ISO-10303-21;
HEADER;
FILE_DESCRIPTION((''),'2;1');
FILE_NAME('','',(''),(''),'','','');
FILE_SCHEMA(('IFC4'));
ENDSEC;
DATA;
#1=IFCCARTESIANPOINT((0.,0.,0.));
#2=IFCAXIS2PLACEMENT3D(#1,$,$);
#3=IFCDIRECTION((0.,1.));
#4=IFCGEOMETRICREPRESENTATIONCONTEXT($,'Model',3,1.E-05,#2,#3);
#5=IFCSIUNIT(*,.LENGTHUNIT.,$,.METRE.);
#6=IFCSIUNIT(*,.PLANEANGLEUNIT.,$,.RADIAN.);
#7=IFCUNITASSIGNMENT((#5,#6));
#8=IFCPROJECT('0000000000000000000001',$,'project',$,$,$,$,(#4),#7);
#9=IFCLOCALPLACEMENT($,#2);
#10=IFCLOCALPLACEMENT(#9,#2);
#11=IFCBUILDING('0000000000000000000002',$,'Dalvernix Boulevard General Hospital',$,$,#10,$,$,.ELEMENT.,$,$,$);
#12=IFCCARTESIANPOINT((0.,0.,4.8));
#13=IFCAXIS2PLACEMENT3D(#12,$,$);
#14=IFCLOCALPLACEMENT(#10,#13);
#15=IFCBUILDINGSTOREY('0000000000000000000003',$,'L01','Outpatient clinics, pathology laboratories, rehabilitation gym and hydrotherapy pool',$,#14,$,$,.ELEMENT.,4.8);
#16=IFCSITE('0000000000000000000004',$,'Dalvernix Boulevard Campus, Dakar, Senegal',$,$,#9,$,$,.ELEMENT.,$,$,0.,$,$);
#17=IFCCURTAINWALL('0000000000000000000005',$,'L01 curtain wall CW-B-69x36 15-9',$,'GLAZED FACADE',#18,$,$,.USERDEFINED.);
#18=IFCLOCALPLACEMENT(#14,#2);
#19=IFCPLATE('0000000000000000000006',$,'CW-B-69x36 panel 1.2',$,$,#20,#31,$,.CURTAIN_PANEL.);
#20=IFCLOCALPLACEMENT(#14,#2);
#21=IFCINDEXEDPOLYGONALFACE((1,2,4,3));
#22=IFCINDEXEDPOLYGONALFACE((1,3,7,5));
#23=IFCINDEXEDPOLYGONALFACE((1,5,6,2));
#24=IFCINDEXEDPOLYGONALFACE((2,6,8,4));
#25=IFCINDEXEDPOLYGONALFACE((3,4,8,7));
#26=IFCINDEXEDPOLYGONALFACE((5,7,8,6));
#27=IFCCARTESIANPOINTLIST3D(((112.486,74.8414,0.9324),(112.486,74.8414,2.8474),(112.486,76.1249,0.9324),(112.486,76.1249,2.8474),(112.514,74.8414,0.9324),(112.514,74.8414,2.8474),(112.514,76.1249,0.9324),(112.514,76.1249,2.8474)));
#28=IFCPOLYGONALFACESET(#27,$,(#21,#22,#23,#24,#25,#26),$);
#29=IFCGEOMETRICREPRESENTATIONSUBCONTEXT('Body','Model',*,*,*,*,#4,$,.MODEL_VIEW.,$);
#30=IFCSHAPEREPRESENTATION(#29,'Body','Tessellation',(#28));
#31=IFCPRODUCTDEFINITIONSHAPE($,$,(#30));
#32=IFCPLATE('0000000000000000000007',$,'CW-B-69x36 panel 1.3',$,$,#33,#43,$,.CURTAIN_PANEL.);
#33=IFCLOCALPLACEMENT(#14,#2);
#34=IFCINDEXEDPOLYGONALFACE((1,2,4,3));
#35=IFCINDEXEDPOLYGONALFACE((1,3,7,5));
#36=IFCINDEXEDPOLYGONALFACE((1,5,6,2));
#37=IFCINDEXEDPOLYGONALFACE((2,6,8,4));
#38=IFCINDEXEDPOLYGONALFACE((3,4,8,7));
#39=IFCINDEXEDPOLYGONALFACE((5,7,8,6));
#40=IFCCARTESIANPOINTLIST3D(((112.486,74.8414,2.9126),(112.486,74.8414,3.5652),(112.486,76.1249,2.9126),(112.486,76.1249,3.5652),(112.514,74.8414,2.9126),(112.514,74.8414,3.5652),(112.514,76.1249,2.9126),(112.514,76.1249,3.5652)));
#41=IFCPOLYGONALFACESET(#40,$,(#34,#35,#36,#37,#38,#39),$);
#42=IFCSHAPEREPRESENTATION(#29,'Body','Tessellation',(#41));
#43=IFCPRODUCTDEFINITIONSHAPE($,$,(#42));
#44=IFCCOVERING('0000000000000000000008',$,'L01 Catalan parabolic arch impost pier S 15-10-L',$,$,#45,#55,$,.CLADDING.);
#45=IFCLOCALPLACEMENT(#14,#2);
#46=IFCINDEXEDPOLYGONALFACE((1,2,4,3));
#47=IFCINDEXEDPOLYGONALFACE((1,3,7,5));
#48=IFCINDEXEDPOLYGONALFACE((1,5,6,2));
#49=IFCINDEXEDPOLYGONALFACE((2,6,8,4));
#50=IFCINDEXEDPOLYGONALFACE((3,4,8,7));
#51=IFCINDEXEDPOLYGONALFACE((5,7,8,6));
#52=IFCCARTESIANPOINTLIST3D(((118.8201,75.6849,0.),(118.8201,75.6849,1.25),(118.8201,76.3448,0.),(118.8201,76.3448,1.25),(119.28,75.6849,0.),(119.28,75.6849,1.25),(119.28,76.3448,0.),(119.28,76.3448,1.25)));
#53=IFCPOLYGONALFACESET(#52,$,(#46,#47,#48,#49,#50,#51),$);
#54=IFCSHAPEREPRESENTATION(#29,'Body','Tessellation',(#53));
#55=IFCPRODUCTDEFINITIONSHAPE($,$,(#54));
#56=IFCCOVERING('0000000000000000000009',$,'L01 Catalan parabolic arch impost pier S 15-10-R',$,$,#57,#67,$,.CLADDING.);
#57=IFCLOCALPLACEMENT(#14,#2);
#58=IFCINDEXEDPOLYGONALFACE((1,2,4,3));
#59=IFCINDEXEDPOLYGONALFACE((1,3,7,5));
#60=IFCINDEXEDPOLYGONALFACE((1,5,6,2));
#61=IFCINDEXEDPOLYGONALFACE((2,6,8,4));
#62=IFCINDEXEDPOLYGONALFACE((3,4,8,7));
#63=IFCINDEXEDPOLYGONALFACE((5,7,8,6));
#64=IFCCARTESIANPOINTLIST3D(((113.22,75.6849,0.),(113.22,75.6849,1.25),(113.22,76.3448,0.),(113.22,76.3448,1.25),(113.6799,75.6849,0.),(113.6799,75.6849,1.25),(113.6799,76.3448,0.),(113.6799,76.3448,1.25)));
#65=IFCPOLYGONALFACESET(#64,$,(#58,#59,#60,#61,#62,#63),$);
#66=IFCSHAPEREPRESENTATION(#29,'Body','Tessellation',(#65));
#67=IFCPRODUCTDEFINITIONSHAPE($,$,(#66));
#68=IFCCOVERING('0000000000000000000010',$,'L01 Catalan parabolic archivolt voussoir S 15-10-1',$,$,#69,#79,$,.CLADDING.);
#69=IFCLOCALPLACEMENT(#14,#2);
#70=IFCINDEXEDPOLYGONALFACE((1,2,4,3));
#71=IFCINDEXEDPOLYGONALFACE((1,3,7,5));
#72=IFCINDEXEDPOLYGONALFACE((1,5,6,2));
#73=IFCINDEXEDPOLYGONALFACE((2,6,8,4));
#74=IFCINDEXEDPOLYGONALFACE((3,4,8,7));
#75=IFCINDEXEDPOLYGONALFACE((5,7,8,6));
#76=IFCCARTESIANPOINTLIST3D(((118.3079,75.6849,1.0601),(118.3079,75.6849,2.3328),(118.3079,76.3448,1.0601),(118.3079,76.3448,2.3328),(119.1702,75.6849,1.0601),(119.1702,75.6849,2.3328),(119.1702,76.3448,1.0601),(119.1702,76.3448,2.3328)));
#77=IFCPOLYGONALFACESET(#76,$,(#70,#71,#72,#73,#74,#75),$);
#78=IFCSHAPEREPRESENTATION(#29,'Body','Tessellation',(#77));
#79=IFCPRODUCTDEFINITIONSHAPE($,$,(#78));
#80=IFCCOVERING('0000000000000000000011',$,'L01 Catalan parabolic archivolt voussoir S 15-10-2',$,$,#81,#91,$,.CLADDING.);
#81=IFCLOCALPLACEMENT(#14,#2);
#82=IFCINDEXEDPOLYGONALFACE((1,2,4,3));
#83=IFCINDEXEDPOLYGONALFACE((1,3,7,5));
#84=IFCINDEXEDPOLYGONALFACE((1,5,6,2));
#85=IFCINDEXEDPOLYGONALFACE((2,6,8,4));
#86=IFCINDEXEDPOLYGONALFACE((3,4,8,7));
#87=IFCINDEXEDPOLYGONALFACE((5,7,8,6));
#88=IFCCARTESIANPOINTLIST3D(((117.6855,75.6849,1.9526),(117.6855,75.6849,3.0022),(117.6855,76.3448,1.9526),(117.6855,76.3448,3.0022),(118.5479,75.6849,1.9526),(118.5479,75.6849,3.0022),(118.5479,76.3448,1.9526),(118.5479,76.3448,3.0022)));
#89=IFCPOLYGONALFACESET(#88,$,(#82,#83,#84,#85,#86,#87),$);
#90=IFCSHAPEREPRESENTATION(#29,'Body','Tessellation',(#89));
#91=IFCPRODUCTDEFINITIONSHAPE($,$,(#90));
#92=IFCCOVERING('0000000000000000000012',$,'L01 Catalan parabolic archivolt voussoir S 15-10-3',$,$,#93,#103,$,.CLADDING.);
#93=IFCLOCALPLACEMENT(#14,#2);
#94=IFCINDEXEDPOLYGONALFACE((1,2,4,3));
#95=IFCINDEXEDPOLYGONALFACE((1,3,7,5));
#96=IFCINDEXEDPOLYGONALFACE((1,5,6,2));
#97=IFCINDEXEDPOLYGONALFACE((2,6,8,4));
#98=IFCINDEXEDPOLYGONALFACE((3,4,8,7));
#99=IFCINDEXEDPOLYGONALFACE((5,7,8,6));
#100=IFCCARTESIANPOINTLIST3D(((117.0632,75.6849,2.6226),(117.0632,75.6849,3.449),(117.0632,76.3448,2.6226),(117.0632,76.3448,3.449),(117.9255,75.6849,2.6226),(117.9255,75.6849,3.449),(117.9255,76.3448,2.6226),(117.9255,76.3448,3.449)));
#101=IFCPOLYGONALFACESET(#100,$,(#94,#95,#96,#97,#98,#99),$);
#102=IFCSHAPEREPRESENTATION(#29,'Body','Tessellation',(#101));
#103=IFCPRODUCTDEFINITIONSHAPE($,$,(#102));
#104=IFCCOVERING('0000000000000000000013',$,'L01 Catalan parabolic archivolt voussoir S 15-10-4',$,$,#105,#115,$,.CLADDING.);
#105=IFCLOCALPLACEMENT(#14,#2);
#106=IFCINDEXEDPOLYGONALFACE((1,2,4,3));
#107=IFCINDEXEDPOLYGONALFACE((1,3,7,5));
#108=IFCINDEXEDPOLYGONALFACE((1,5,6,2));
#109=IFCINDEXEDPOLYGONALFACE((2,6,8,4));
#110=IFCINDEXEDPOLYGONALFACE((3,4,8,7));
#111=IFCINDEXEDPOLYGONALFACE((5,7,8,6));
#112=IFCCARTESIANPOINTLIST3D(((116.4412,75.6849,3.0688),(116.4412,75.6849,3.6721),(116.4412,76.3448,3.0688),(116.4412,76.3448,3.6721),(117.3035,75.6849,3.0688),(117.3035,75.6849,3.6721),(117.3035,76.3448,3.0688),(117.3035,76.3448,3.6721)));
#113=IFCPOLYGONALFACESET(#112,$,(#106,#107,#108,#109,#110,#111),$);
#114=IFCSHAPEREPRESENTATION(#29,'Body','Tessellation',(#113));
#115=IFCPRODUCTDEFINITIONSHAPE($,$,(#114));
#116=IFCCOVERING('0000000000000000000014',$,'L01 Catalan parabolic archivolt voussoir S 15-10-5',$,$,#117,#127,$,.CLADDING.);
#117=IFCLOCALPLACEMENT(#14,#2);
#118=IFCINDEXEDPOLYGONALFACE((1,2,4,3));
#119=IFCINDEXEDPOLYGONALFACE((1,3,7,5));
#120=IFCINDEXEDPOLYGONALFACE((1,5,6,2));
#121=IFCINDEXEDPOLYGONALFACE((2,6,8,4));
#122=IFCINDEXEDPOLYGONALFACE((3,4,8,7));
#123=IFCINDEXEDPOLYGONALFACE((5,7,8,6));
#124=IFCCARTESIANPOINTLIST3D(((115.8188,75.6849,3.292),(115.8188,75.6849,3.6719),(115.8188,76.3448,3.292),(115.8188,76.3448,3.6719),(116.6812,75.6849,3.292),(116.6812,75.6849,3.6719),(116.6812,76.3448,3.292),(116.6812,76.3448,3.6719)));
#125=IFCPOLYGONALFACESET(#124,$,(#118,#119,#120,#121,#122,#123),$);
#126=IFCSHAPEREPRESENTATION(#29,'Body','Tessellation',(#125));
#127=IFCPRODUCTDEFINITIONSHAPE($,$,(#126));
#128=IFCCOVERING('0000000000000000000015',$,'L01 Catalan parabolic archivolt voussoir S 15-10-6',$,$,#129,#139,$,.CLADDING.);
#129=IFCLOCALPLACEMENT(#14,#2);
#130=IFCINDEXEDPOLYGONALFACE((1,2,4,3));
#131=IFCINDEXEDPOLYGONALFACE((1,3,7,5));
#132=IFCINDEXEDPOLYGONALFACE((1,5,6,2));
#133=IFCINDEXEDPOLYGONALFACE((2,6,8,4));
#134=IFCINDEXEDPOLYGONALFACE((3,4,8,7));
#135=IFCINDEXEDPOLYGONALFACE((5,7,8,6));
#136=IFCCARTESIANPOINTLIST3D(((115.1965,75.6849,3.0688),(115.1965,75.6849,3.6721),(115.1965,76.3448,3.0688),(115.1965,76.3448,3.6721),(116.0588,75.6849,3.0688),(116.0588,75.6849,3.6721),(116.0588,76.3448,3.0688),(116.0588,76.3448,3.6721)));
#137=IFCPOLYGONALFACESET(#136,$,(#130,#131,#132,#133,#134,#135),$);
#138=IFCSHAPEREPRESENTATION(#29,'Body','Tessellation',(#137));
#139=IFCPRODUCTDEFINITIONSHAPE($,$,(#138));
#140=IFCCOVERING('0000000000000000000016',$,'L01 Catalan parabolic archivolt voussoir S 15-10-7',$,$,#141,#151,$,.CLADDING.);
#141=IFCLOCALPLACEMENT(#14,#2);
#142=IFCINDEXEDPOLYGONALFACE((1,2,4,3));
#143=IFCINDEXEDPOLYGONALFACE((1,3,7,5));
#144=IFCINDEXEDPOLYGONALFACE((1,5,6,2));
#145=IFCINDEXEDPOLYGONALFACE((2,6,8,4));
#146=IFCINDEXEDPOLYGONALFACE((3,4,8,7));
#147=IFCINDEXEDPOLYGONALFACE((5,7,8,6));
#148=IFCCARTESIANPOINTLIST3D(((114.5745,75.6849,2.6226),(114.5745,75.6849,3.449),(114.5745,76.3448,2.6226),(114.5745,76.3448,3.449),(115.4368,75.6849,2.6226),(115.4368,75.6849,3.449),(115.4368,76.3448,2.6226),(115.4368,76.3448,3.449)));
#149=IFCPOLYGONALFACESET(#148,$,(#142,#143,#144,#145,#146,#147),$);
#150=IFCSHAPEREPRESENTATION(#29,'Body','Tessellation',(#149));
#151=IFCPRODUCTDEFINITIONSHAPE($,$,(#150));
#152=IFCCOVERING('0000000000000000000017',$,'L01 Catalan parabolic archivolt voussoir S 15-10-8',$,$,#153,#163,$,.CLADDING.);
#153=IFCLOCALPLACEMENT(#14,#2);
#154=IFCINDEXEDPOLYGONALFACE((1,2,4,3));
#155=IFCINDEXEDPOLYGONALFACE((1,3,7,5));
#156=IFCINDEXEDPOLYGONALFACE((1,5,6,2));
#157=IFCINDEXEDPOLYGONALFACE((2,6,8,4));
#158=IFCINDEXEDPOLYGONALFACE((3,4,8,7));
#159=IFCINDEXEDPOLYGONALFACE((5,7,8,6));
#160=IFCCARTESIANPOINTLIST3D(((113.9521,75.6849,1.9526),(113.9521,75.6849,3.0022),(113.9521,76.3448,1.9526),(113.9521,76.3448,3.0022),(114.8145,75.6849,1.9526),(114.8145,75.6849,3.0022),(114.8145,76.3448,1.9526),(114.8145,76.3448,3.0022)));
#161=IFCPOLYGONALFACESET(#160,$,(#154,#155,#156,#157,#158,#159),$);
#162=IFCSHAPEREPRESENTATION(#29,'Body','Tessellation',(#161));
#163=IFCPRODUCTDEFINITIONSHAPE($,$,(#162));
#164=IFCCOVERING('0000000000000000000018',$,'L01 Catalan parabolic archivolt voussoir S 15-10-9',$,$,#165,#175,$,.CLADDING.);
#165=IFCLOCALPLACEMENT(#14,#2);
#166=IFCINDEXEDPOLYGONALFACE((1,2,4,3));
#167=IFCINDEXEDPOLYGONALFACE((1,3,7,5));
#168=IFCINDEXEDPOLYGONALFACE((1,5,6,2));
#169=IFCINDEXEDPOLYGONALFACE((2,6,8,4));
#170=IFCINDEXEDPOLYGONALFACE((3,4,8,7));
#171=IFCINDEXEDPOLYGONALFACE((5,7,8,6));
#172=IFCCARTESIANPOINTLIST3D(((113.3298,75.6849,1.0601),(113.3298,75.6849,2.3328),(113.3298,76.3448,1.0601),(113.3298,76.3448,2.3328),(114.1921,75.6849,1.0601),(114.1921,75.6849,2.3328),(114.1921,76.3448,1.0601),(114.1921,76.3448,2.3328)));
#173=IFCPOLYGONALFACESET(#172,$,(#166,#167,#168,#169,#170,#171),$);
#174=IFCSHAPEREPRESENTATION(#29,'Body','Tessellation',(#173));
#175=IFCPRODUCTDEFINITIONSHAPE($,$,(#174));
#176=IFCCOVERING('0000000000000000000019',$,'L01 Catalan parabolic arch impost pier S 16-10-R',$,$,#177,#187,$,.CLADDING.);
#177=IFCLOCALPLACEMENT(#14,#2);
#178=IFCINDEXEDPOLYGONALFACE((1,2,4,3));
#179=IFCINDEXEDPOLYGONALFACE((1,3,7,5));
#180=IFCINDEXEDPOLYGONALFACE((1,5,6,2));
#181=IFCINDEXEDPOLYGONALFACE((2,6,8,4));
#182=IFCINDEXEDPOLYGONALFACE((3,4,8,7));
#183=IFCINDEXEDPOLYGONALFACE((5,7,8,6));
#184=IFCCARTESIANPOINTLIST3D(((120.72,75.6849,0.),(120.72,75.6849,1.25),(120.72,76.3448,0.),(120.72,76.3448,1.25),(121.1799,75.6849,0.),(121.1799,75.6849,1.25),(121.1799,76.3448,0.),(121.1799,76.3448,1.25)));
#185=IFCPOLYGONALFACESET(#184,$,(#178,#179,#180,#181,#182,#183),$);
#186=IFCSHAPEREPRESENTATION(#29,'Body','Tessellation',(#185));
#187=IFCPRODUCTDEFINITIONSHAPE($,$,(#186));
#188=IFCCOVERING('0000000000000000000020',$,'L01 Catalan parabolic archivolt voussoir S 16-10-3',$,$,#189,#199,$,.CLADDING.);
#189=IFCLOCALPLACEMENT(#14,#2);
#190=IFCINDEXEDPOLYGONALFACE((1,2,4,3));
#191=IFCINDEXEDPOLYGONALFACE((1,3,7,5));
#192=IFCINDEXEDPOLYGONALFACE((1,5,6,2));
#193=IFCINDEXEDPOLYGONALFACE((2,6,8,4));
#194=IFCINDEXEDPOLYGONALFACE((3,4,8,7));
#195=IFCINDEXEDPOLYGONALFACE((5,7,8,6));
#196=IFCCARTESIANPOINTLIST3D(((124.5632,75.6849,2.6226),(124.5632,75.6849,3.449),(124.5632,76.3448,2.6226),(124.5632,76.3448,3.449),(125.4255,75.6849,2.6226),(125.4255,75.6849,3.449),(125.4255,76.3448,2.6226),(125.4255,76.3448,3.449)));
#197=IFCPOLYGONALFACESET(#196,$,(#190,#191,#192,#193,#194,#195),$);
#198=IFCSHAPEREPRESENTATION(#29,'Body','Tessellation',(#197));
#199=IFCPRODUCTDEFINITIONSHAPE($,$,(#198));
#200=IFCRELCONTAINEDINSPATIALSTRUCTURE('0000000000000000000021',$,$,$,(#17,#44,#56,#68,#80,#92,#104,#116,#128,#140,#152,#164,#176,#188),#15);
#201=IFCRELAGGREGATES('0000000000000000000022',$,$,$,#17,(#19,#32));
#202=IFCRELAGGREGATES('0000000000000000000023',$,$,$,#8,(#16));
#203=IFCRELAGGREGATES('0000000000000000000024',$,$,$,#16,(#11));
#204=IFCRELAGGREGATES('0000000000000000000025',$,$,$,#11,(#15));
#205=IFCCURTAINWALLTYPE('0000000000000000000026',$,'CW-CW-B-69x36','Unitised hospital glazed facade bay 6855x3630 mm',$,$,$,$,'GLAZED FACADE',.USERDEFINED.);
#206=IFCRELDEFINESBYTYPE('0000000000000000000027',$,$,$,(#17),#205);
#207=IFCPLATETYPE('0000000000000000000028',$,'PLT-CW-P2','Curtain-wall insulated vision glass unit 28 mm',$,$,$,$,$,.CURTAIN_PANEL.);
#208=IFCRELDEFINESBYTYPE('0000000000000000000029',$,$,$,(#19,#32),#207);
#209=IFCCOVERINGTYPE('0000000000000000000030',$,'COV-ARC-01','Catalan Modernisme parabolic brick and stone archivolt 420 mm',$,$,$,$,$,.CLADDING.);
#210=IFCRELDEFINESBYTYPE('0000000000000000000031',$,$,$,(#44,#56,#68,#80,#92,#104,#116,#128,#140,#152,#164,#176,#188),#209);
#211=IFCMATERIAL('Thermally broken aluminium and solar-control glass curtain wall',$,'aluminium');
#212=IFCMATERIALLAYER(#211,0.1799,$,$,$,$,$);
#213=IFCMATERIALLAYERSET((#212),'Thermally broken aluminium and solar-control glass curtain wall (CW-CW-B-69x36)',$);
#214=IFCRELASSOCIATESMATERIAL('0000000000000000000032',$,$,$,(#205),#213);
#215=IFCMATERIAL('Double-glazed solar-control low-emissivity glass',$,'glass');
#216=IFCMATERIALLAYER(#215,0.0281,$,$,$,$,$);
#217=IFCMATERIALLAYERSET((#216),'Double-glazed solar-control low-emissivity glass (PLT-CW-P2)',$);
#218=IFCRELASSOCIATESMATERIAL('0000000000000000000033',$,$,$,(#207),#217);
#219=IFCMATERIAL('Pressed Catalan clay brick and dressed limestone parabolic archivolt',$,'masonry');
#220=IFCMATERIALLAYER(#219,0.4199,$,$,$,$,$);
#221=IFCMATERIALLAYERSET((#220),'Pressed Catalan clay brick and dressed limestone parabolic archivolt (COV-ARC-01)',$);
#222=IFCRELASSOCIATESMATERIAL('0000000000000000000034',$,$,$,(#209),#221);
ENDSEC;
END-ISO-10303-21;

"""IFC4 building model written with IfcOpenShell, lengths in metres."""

from ifc_helpers import new_model, si_unit, direction, frame, origin, origin_2d, place, context, subcontext, project, spatial, rectangle, extrude, material, layer, layer_set, type_object, element, aggregate, save


model = new_model("IFC4")

# Units and contexts
model_context = context("Model", 3, precision=1e-05, world=origin(), true_north=direction((0.0, 1.0)))
body_context = subcontext(model_context, "Body", "Model", "MODEL_VIEW")
ifc_project = project(units=[si_unit("LENGTHUNIT", "METRE"), si_unit("PLANEANGLEUNIT", "RADIAN")], contexts=[model_context])

# Site, building, storey
site_placement = place(None, origin())
site = spatial("IfcSite", under=ifc_project, at=site_placement, Name="Dalvernix Boulevard Campus, Dakar, Senegal", CompositionType="ELEMENT", RefElevation=0.0)
building_placement = place(site_placement, origin())
building = spatial("IfcBuilding", under=site, at=building_placement, Name="Dalvernix Boulevard General Hospital", CompositionType="ELEMENT")
storey_placement = place(building_placement, frame((0.0, 0.0, 4.8)))
storey = spatial("IfcBuildingStorey", under=building, at=storey_placement, Name="L01", Description="Outpatient clinics, pathology laboratories, rehabilitation gym and hydrotherapy pool", CompositionType="ELEMENT", Elevation=4.8)

# Curtain wall, plates
ifc_material_1 = material(Name="Thermally broken aluminium and solar-control glass curtain wall", Category="aluminium")
ifc_layer_1 = layer(ifc_material_1, 0.1799)
ifc_layer_set_1 = layer_set([ifc_layer_1], Name="Thermally broken aluminium and solar-control glass curtain wall (CW-CW-B-69x36)")
curtain_wall_type = type_object("IfcCurtainWallType", Name="CW-CW-B-69x36", Description="Unitised hospital glazed facade bay 6855x3630 mm", ElementType="GLAZED FACADE", PredefinedType="USERDEFINED", material=ifc_layer_set_1)
curtain_wall_placement = place(storey_placement, origin())
curtain_wall = element("IfcCurtainWall", 1, at=curtain_wall_placement, inside=storey, type_object=curtain_wall_type, Name="L01 curtain wall CW-B-69x36 15-9", ObjectType="GLAZED FACADE", PredefinedType="USERDEFINED")
ifc_material_2 = material(Name="Double-glazed solar-control low-emissivity glass", Category="glass")
ifc_layer_2 = layer(ifc_material_2, 0.0281)
ifc_layer_set_2 = layer_set([ifc_layer_2], Name="Double-glazed solar-control low-emissivity glass (PLT-CW-P2)")
plate_type = type_object("IfcPlateType", Name="PLT-CW-P2", Description="Curtain-wall insulated vision glass unit 28 mm", PredefinedType="CURTAIN_PANEL", material=ifc_layer_set_2)
plate_1_placement = place(storey_placement, frame((112.5, 75.4832, 0.9324), z_axis=(0.0, 0.0, 1.0), x_axis=(0.0, -1.0, 0.0)))
plate_1 = element("IfcPlate", 2, at=plate_1_placement, type_object=plate_type, Name="CW-B-69x36 panel 1.2", PredefinedType="CURTAIN_PANEL", context=body_context, shape_type="SweptSolid", body=[
    extrude(rectangle(XDim=1.2834, YDim=0.0281, at=origin_2d()), origin(), (0.0, 0.0, 1.0), 1.915),
])
plate_2_placement = place(storey_placement, frame((112.5, 75.4832, 2.9126), z_axis=(0.0, 0.0, 1.0), x_axis=(0.0, -1.0, 0.0)))
plate_2 = element("IfcPlate", 3, at=plate_2_placement, type_object=plate_type, Name="CW-B-69x36 panel 1.3", PredefinedType="CURTAIN_PANEL", context=body_context, shape_type="SweptSolid", body=[
    extrude(rectangle(XDim=1.2834, YDim=0.0281, at=origin_2d()), origin(), (0.0, 0.0, 1.0), 0.6526),
])
aggregate(curtain_wall, [plate_1, plate_2])

# Coverings
ifc_material_3 = material(Name="Pressed Catalan clay brick and dressed limestone parabolic archivolt", Category="masonry")
ifc_layer_3 = layer(ifc_material_3, 0.4199)
ifc_layer_set_3 = layer_set([ifc_layer_3], Name="Pressed Catalan clay brick and dressed limestone parabolic archivolt (COV-ARC-01)")
covering_type = type_object("IfcCoveringType", Name="COV-ARC-01", Description="Catalan Modernisme parabolic brick and stone archivolt 420 mm", PredefinedType="CLADDING", material=ifc_layer_set_3)
for number, where, z_axis, x_axis, name in (
    (4, (119.05, 76.0149, 0.0), (0.0, 0.0, 1.0), (-1.0, 0.0, 0.0), "L01 Catalan parabolic arch impost pier S 15-10-L"),
    (5, (113.45, 76.0149, 0.0), (0.0, 0.0, 1.0), (-1.0, 0.0, 0.0), "L01 Catalan parabolic arch impost pier S 15-10-R"),
):
    element("IfcCovering", number, at=place(storey_placement, frame(where, z_axis=z_axis, x_axis=x_axis)), inside=storey, type_object=covering_type, Name=name, PredefinedType="CLADDING", context=body_context, shape_type="SweptSolid", body=[
        extrude(rectangle(XDim=0.46, YDim=0.6599, at=origin_2d()), origin(), (0.0, 0.0, 1.0), 1.25),
    ])
covering_1_placement = place(storey_placement, frame((118.739, 76.0149, 1.0601), z_axis=(0.0, 0.0, 1.0), x_axis=(-1.0, 0.0, 0.0)))
element("IfcCovering", 6, at=covering_1_placement, inside=storey, type_object=covering_type, Name="L01 Catalan parabolic archivolt voussoir S 15-10-1", PredefinedType="CLADDING", context=body_context, shape_type="SweptSolid", body=[
    extrude(rectangle(XDim=0.8623, YDim=0.6599, at=origin_2d()), origin(), (0.0, 0.0, 1.0), 1.2727),
])
covering_2_placement = place(storey_placement, frame((118.1167, 76.0149, 1.9526), z_axis=(0.0, 0.0, 1.0), x_axis=(-1.0, 0.0, 0.0)))
element("IfcCovering", 7, at=covering_2_placement, inside=storey, type_object=covering_type, Name="L01 Catalan parabolic archivolt voussoir S 15-10-2", PredefinedType="CLADDING", context=body_context, shape_type="SweptSolid", body=[
    extrude(rectangle(XDim=0.8623, YDim=0.6599, at=origin_2d()), origin(), (0.0, 0.0, 1.0), 1.0496),
])
covering_3_placement = place(storey_placement, frame((117.4944, 76.0149, 2.6226), z_axis=(0.0, 0.0, 1.0), x_axis=(-1.0, 0.0, 0.0)))
element("IfcCovering", 8, at=covering_3_placement, inside=storey, type_object=covering_type, Name="L01 Catalan parabolic archivolt voussoir S 15-10-3", PredefinedType="CLADDING", context=body_context, shape_type="SweptSolid", body=[
    extrude(rectangle(XDim=0.8623, YDim=0.6599, at=origin_2d()), origin(), (0.0, 0.0, 1.0), 0.8264),
])
covering_4_placement = place(storey_placement, frame((116.8723, 76.0149, 3.0688), z_axis=(0.0, 0.0, 1.0), x_axis=(-1.0, 0.0, 0.0)))
element("IfcCovering", 9, at=covering_4_placement, inside=storey, type_object=covering_type, Name="L01 Catalan parabolic archivolt voussoir S 15-10-4", PredefinedType="CLADDING", context=body_context, shape_type="SweptSolid", body=[
    extrude(rectangle(XDim=0.8623, YDim=0.6599, at=origin_2d()), origin(), (0.0, 0.0, 1.0), 0.6033),
])
covering_5_placement = place(storey_placement, frame((116.25, 76.0149, 3.292), z_axis=(0.0, 0.0, 1.0), x_axis=(-1.0, 0.0, 0.0)))
element("IfcCovering", 10, at=covering_5_placement, inside=storey, type_object=covering_type, Name="L01 Catalan parabolic archivolt voussoir S 15-10-5", PredefinedType="CLADDING", context=body_context, shape_type="SweptSolid", body=[
    extrude(rectangle(XDim=0.8623, YDim=0.6599, at=origin_2d()), origin(), (0.0, 0.0, 1.0), 0.3799),
])
covering_6_placement = place(storey_placement, frame((115.6277, 76.0149, 3.0688), z_axis=(0.0, 0.0, 1.0), x_axis=(-1.0, 0.0, 0.0)))
element("IfcCovering", 11, at=covering_6_placement, inside=storey, type_object=covering_type, Name="L01 Catalan parabolic archivolt voussoir S 15-10-6", PredefinedType="CLADDING", context=body_context, shape_type="SweptSolid", body=[
    extrude(rectangle(XDim=0.8623, YDim=0.6599, at=origin_2d()), origin(), (0.0, 0.0, 1.0), 0.6033),
])
covering_7_placement = place(storey_placement, frame((115.0056, 76.0149, 2.6226), z_axis=(0.0, 0.0, 1.0), x_axis=(-1.0, 0.0, 0.0)))
element("IfcCovering", 12, at=covering_7_placement, inside=storey, type_object=covering_type, Name="L01 Catalan parabolic archivolt voussoir S 15-10-7", PredefinedType="CLADDING", context=body_context, shape_type="SweptSolid", body=[
    extrude(rectangle(XDim=0.8623, YDim=0.6599, at=origin_2d()), origin(), (0.0, 0.0, 1.0), 0.8264),
])
covering_8_placement = place(storey_placement, frame((114.3833, 76.0149, 1.9526), z_axis=(0.0, 0.0, 1.0), x_axis=(-1.0, 0.0, 0.0)))
element("IfcCovering", 13, at=covering_8_placement, inside=storey, type_object=covering_type, Name="L01 Catalan parabolic archivolt voussoir S 15-10-8", PredefinedType="CLADDING", context=body_context, shape_type="SweptSolid", body=[
    extrude(rectangle(XDim=0.8623, YDim=0.6599, at=origin_2d()), origin(), (0.0, 0.0, 1.0), 1.0496),
])
covering_9_placement = place(storey_placement, frame((113.761, 76.0149, 1.0601), z_axis=(0.0, 0.0, 1.0), x_axis=(-1.0, 0.0, 0.0)))
element("IfcCovering", 14, at=covering_9_placement, inside=storey, type_object=covering_type, Name="L01 Catalan parabolic archivolt voussoir S 15-10-9", PredefinedType="CLADDING", context=body_context, shape_type="SweptSolid", body=[
    extrude(rectangle(XDim=0.8623, YDim=0.6599, at=origin_2d()), origin(), (0.0, 0.0, 1.0), 1.2727),
])
covering_10_placement = place(storey_placement, frame((120.95, 76.0149, 0.0), z_axis=(0.0, 0.0, 1.0), x_axis=(-1.0, 0.0, 0.0)))
element("IfcCovering", 15, at=covering_10_placement, inside=storey, type_object=covering_type, Name="L01 Catalan parabolic arch impost pier S 16-10-R", PredefinedType="CLADDING", context=body_context, shape_type="SweptSolid", body=[
    extrude(rectangle(XDim=0.46, YDim=0.6599, at=origin_2d()), origin(), (0.0, 0.0, 1.0), 1.25),
])
covering_11_placement = place(storey_placement, frame((124.9944, 76.0149, 2.6226), z_axis=(0.0, 0.0, 1.0), x_axis=(-1.0, 0.0, 0.0)))
element("IfcCovering", 16, at=covering_11_placement, inside=storey, type_object=covering_type, Name="L01 Catalan parabolic archivolt voussoir S 16-10-3", PredefinedType="CLADDING", context=body_context, shape_type="SweptSolid", body=[
    extrude(rectangle(XDim=0.8623, YDim=0.6599, at=origin_2d()), origin(), (0.0, 0.0, 1.0), 0.8264),
])

save(model, "model.ifc")
